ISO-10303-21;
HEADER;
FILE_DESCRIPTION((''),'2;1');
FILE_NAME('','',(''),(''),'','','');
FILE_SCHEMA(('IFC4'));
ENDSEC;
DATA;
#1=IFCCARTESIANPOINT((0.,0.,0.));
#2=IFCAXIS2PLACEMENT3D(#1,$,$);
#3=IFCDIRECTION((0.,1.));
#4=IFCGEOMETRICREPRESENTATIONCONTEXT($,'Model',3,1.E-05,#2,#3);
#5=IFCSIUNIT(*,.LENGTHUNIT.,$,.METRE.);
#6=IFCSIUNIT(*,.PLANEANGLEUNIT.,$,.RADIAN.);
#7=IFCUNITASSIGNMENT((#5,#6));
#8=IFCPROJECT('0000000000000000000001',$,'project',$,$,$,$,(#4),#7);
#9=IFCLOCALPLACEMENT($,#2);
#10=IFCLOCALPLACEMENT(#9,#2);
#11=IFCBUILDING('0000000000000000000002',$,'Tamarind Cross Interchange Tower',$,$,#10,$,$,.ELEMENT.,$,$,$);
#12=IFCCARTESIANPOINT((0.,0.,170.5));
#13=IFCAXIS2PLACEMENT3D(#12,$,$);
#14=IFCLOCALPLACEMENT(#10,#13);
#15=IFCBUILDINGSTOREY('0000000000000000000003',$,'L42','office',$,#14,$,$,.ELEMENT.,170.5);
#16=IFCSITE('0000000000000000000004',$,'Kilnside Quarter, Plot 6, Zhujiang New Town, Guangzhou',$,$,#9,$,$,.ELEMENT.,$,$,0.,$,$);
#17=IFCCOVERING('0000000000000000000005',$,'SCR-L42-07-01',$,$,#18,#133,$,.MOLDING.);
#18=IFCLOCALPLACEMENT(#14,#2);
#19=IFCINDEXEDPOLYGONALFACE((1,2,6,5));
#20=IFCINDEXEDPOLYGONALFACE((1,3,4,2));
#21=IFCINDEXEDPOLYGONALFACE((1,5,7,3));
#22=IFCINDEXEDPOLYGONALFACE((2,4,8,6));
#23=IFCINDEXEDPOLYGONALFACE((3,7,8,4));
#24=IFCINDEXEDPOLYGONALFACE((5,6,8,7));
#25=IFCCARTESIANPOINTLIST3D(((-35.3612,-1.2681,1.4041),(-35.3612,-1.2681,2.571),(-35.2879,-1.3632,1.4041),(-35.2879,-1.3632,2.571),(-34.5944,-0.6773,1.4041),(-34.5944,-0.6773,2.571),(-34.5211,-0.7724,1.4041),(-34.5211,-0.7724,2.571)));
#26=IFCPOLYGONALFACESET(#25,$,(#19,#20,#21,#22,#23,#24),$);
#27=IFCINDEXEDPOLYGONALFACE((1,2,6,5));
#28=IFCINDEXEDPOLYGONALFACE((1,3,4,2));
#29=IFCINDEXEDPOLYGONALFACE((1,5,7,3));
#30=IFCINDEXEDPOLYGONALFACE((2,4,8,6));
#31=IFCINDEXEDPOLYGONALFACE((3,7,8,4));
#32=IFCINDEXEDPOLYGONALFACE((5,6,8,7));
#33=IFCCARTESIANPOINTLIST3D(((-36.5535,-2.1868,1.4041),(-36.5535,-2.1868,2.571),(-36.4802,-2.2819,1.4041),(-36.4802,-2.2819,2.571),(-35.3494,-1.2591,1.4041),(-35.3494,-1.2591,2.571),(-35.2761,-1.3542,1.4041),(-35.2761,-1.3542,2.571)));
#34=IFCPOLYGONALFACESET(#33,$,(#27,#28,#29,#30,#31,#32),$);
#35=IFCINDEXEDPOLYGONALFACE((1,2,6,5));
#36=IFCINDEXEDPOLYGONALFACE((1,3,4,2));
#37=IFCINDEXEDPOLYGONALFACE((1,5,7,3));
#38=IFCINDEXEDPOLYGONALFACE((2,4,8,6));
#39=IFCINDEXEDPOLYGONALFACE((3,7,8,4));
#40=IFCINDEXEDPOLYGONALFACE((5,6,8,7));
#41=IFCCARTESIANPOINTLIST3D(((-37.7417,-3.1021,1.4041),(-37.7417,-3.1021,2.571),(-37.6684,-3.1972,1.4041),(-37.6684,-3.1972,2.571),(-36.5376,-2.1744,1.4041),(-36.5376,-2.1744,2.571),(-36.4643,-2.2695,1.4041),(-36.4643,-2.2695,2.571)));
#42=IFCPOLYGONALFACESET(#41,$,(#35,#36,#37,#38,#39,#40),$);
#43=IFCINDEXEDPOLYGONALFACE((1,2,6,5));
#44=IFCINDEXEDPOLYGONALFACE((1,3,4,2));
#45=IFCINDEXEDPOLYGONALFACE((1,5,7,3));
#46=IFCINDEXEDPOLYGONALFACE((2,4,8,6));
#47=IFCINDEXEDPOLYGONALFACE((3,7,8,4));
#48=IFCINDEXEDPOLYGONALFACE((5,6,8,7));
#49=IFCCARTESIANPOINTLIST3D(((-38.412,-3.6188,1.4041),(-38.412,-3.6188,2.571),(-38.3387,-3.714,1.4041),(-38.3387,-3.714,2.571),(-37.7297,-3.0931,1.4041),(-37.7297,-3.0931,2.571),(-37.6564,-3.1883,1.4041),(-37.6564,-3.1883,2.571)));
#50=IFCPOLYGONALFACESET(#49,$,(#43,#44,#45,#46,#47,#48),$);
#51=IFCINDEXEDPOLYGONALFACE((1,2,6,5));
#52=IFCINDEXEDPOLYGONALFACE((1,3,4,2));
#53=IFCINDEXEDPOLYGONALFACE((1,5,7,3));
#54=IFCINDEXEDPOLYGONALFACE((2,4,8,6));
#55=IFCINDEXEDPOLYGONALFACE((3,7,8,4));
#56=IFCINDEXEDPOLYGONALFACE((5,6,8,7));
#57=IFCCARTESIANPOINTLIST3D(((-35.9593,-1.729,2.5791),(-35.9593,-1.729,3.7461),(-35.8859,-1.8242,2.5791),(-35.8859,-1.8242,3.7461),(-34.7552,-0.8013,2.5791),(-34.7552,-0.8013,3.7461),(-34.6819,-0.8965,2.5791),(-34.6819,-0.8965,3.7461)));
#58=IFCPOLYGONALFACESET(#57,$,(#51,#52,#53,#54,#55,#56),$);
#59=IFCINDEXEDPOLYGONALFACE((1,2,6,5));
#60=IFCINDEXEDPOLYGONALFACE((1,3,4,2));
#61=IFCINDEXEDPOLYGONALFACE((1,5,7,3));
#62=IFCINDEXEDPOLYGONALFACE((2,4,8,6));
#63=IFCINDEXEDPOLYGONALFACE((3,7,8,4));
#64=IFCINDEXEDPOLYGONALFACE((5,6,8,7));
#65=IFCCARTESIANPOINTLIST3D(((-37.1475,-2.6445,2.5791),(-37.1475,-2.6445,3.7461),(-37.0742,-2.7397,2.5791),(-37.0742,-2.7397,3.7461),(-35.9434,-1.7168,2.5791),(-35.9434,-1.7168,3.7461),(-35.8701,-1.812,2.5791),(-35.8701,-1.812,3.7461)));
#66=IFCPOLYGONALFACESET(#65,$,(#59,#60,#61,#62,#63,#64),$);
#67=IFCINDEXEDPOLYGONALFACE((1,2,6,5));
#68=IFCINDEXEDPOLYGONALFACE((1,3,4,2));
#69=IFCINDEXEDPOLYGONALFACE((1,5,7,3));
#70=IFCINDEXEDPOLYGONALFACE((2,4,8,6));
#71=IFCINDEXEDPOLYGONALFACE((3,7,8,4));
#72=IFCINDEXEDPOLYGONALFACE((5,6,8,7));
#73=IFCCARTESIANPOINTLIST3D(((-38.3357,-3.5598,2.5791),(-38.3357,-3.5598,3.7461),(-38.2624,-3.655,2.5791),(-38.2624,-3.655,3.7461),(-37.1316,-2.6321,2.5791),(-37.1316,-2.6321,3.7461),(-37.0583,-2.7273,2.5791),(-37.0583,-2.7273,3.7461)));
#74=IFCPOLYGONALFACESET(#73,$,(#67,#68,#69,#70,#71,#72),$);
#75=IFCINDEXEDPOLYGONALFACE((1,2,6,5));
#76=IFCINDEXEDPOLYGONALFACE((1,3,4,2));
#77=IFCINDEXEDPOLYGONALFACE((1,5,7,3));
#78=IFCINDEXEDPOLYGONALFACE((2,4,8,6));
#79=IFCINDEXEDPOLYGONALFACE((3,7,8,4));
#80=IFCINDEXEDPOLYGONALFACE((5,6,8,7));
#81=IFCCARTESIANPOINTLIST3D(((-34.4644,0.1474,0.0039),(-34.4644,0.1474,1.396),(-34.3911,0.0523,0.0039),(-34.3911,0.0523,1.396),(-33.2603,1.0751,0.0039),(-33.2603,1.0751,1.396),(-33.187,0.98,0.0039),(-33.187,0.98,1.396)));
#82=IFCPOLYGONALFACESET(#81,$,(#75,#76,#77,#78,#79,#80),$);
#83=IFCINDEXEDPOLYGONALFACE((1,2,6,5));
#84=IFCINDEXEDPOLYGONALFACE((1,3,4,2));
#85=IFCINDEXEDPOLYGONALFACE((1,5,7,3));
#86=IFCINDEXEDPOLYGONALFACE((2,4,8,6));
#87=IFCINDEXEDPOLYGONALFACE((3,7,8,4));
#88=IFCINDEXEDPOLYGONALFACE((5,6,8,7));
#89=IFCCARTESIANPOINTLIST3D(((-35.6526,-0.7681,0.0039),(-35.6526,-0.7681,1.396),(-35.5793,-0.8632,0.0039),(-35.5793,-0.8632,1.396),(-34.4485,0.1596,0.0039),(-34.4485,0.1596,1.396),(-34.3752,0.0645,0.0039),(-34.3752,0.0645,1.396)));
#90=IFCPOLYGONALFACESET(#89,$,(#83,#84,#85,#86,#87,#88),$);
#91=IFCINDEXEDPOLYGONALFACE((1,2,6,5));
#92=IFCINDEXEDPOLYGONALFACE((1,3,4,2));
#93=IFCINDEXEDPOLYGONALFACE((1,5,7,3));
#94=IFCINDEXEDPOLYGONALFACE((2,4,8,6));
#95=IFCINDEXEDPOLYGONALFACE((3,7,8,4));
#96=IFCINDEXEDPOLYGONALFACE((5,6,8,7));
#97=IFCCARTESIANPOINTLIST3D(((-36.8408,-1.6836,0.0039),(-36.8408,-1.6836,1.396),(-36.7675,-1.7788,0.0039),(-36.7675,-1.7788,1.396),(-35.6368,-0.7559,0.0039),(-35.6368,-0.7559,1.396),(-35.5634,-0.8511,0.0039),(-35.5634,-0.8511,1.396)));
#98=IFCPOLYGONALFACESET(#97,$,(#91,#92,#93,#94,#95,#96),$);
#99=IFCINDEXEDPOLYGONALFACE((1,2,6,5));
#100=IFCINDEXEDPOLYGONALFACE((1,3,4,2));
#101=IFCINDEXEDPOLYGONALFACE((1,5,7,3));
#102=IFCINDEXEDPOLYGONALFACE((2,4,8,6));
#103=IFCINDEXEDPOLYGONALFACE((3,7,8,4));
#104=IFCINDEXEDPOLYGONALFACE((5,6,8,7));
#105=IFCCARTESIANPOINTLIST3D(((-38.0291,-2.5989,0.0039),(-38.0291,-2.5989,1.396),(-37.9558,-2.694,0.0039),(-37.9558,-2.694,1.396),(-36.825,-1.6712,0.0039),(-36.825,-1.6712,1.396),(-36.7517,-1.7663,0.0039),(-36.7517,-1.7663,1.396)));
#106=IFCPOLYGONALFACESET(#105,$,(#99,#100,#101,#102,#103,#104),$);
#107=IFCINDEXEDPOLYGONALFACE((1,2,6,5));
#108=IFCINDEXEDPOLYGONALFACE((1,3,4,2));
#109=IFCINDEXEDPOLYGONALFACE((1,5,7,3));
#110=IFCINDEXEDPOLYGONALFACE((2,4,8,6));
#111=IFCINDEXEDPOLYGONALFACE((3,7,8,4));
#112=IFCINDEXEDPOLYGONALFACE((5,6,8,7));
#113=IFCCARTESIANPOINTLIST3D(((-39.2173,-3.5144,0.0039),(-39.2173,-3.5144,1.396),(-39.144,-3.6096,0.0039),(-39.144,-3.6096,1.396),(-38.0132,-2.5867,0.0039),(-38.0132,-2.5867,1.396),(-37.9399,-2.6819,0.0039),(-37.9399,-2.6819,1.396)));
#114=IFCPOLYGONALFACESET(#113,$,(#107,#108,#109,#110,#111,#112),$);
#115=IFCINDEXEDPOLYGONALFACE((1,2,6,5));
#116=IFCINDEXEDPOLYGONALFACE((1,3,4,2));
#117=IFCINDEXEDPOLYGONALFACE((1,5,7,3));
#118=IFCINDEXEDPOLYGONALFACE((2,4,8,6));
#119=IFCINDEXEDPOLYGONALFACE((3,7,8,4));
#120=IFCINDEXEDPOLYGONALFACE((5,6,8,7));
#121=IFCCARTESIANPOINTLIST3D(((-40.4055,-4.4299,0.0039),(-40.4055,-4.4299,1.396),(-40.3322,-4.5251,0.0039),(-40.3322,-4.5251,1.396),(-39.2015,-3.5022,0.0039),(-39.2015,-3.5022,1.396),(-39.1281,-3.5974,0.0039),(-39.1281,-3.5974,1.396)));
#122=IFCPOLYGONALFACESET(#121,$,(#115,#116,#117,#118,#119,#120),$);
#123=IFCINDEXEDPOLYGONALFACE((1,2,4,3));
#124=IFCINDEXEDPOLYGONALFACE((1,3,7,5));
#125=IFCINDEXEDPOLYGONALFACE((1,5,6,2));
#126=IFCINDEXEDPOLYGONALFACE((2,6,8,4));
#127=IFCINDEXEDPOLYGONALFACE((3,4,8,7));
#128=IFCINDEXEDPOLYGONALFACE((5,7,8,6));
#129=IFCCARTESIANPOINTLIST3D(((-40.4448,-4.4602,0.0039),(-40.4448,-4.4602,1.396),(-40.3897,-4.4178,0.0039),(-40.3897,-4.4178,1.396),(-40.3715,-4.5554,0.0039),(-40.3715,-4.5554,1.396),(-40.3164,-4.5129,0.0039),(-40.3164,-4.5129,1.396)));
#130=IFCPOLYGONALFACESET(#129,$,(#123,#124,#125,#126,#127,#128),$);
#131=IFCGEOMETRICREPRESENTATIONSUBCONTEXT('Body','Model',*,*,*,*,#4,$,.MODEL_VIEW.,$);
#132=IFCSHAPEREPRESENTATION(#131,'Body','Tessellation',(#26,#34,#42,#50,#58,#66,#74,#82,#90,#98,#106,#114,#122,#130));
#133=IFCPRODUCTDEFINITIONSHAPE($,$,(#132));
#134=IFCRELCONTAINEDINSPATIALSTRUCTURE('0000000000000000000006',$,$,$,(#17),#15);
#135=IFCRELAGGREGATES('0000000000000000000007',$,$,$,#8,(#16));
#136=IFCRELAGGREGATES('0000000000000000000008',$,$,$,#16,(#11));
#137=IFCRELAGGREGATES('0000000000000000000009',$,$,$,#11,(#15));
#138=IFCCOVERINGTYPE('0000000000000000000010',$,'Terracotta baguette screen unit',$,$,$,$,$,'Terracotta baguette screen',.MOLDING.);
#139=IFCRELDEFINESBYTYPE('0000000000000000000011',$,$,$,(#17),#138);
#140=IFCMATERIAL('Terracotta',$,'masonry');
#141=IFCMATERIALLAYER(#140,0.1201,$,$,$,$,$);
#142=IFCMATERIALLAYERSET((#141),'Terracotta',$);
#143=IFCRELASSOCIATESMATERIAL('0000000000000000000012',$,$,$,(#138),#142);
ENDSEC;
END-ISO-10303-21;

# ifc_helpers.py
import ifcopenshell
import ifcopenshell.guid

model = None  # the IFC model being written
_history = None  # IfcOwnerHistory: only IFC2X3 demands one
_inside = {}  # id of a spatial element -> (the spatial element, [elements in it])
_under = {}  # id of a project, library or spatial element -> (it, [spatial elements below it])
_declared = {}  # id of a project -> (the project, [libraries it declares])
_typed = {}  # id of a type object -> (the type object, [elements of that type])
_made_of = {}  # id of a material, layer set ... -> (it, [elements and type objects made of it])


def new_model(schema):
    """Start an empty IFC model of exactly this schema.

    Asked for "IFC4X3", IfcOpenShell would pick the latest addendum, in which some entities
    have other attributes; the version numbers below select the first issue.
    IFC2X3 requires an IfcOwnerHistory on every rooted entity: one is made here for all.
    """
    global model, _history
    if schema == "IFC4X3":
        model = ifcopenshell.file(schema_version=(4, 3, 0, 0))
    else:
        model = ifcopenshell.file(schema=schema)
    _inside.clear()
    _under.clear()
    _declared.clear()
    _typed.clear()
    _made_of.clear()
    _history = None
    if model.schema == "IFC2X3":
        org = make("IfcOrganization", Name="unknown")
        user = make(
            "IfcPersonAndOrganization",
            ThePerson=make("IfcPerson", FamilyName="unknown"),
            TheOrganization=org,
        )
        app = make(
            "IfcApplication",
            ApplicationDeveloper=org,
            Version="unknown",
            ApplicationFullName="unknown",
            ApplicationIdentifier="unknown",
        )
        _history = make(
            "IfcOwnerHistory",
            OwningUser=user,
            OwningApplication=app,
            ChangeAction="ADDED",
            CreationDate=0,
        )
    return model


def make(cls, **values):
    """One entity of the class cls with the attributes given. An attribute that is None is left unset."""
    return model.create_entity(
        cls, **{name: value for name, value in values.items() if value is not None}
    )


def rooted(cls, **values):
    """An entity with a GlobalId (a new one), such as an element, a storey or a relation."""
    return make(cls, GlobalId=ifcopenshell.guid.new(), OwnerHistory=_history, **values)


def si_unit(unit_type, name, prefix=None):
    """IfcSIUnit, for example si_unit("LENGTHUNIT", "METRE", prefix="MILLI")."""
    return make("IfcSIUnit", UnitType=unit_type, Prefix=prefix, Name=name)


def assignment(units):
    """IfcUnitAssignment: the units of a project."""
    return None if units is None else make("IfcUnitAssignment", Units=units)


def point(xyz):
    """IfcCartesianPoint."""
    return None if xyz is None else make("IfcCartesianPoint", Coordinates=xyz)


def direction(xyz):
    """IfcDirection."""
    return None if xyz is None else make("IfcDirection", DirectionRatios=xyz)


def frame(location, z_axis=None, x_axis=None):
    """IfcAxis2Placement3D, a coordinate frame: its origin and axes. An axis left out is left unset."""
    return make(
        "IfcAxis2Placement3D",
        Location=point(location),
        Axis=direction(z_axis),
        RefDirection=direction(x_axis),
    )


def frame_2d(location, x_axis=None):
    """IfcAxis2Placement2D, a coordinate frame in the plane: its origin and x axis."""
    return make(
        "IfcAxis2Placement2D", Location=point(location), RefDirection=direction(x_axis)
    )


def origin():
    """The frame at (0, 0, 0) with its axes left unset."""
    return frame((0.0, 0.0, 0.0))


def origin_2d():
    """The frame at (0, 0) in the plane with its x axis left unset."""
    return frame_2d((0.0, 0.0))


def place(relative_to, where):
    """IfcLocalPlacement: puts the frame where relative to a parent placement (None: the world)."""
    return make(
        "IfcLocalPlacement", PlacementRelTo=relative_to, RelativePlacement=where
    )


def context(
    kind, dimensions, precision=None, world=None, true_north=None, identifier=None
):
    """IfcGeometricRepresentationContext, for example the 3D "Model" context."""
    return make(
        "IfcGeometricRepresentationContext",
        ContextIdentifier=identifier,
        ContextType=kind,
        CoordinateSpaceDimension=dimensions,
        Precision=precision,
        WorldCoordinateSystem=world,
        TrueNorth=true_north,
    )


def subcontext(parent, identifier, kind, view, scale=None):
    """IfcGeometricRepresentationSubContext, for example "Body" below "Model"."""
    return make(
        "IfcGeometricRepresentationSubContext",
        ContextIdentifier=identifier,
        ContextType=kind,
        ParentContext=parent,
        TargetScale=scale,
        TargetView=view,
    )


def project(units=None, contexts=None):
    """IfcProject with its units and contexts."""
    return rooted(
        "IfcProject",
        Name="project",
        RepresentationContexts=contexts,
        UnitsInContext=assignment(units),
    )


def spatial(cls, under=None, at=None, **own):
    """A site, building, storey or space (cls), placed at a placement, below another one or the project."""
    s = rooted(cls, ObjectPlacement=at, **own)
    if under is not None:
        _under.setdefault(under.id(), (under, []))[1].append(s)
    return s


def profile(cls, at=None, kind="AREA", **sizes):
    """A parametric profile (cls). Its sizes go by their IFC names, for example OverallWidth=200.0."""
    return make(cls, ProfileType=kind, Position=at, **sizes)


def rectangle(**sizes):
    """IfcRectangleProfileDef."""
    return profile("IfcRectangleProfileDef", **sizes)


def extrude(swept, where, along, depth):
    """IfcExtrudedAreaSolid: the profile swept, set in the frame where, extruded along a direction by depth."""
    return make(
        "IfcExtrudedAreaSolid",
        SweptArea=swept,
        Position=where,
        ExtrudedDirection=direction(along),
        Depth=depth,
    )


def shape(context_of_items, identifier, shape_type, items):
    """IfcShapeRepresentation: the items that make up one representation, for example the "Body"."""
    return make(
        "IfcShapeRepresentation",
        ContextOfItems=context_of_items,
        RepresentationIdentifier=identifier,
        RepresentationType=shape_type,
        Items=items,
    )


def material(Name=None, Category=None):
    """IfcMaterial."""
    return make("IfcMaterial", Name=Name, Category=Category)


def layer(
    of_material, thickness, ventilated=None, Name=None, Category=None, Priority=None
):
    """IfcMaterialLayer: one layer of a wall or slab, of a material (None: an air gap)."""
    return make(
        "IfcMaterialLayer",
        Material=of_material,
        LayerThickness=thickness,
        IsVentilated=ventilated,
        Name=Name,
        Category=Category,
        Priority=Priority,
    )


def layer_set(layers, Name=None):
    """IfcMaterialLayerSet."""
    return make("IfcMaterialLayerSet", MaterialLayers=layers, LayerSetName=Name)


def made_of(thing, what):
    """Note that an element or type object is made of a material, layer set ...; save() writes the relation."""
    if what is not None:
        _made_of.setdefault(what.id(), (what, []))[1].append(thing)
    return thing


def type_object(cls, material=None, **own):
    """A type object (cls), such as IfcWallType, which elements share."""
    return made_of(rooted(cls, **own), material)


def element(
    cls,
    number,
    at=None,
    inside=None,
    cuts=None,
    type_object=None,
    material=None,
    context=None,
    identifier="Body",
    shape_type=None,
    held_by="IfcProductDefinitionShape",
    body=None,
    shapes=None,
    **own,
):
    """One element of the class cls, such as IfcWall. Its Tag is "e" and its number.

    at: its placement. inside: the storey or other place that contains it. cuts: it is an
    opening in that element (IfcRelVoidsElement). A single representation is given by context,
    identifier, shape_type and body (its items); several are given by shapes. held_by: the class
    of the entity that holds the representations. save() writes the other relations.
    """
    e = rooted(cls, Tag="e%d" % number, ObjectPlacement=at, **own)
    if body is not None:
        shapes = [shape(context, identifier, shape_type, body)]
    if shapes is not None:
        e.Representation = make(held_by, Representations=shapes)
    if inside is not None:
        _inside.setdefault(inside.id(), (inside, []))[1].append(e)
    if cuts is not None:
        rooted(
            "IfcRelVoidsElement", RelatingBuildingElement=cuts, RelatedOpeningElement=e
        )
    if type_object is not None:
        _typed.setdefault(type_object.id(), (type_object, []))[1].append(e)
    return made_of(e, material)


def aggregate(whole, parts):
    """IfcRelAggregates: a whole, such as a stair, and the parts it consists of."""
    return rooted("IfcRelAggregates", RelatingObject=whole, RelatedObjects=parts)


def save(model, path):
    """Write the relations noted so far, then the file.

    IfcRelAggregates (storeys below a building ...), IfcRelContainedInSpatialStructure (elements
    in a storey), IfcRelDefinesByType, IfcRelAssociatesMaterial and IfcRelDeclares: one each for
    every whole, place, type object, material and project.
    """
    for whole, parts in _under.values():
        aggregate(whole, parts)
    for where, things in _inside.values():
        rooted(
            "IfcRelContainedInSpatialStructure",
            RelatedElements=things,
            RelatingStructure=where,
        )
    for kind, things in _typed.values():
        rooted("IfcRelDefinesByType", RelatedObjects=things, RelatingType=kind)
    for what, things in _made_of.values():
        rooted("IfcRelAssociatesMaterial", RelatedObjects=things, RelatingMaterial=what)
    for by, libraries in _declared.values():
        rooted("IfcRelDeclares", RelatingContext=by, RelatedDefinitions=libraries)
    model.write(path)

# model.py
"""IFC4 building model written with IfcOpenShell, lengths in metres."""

from ifc_helpers import new_model, si_unit, direction, frame, origin, origin_2d, place, context, subcontext, project, spatial, rectangle, extrude, material, layer, layer_set, type_object, element, save


model = new_model("IFC4")

# Units and contexts
model_context = context("Model", 3, precision=1e-05, world=origin(), true_north=direction((0.0, 1.0)))
body_context = subcontext(model_context, "Body", "Model", "MODEL_VIEW")
ifc_project = project(units=[si_unit("LENGTHUNIT", "METRE"), si_unit("PLANEANGLEUNIT", "RADIAN")], contexts=[model_context])

# Site, building, storey
site_placement = place(None, origin())
site = spatial("IfcSite", under=ifc_project, at=site_placement, Name="Kilnside Quarter, Plot 6, Zhujiang New Town, Guangzhou", CompositionType="ELEMENT", RefElevation=0.0)
building_placement = place(site_placement, origin())
building = spatial("IfcBuilding", under=site, at=building_placement, Name="Tamarind Cross Interchange Tower", CompositionType="ELEMENT")
storey_placement = place(building_placement, frame((0.0, 0.0, 170.5)))
storey = spatial("IfcBuildingStorey", under=building, at=storey_placement, Name="L42", Description="office", CompositionType="ELEMENT", Elevation=170.5)

# Covering
ifc_material_1 = material(Name="Terracotta", Category="masonry")
ifc_layer_1 = layer(ifc_material_1, 0.1201)
ifc_layer_set_1 = layer_set([ifc_layer_1], Name="Terracotta")
covering_type = type_object("IfcCoveringType", Name="Terracotta baguette screen unit", ElementType="Terracotta baguette screen", PredefinedType="MOLDING", material=ifc_layer_set_1)
covering_1_placement = place(storey_placement, origin())
element("IfcCovering", 1, at=covering_1_placement, inside=storey, type_object=covering_type, Name="SCR-L42-07-01", PredefinedType="MOLDING", context=body_context, shape_type="SweptSolid", body=[
    extrude(rectangle(XDim=0.968, YDim=0.1201, at=origin_2d()), frame((-34.9412, -1.0203, 1.4041), z_axis=(0.0, 0.0, 1.0), x_axis=(-0.792153, -0.610322, 0.0)), (0.0, 0.0, 1.0), 1.167),
    extrude(rectangle(XDim=1.52, YDim=0.1201, at=origin_2d()), frame((-35.9148, -1.7705, 1.4041), z_axis=(0.0, 0.0, 1.0), x_axis=(-0.792153, -0.610322, 0.0)), (0.0, 0.0, 1.0), 1.167),
    extrude(rectangle(XDim=1.52, YDim=0.1201, at=origin_2d()), frame((-37.103, -2.6858, 1.4041), z_axis=(0.0, 0.0, 1.0), x_axis=(-0.792153, -0.610322, 0.0)), (0.0, 0.0, 1.0), 1.167),
    extrude(rectangle(XDim=0.8613, YDim=0.1201, at=origin_2d()), frame((-38.0342, -3.4036, 1.4041), z_axis=(0.0, 0.0, 1.0), x_axis=(-0.792153, -0.610322, 0.0)), (0.0, 0.0, 1.0), 1.167),
    extrude(rectangle(XDim=1.52, YDim=0.1201, at=origin_2d()), frame((-35.3206, -1.3127, 2.5791), z_axis=(0.0, 0.0, 1.0), x_axis=(-0.792153, -0.610322, 0.0)), (0.0, 0.0, 1.0), 1.167),
    extrude(rectangle(XDim=1.52, YDim=0.1201, at=origin_2d()), frame((-36.5088, -2.2283, 2.5791), z_axis=(0.0, 0.0, 1.0), x_axis=(-0.792153, -0.610322, 0.0)), (0.0, 0.0, 1.0), 1.167),
    extrude(rectangle(XDim=1.52, YDim=0.1201, at=origin_2d()), frame((-37.697, -3.1436, 2.5791), z_axis=(0.0, 0.0, 1.0), x_axis=(-0.792153, -0.610322, 0.0)), (0.0, 0.0, 1.0), 1.167),
    extrude(rectangle(XDim=1.52, YDim=0.1201, at=origin_2d()), frame((-33.8257, 0.5637, 0.0039), z_axis=(0.0, 0.0, 1.0), x_axis=(-0.792153, -0.610322, 0.0)), (0.0, 0.0, 1.0), 1.3921),
    extrude(rectangle(XDim=1.52, YDim=0.1201, at=origin_2d()), frame((-35.0139, -0.3518, 0.0039), z_axis=(0.0, 0.0, 1.0), x_axis=(-0.792153, -0.610322, 0.0)), (0.0, 0.0, 1.0), 1.3921),
    extrude(rectangle(XDim=1.52, YDim=0.1201, at=origin_2d()), frame((-36.2021, -1.2673, 0.0039), z_axis=(0.0, 0.0, 1.0), x_axis=(-0.792153, -0.610322, 0.0)), (0.0, 0.0, 1.0), 1.3921),
    extrude(rectangle(XDim=1.52, YDim=0.1201, at=origin_2d()), frame((-37.3904, -2.1826, 0.0039), z_axis=(0.0, 0.0, 1.0), x_axis=(-0.792153, -0.610322, 0.0)), (0.0, 0.0, 1.0), 1.3921),
    extrude(rectangle(XDim=1.52, YDim=0.1201, at=origin_2d()), frame((-38.5786, -3.0981, 0.0039), z_axis=(0.0, 0.0, 1.0), x_axis=(-0.792153, -0.610322, 0.0)), (0.0, 0.0, 1.0), 1.3921),
    extrude(rectangle(XDim=1.52, YDim=0.1201, at=origin_2d()), frame((-39.7668, -4.0137, 0.0039), z_axis=(0.0, 0.0, 1.0), x_axis=(-0.792153, -0.610322, 0.0)), (0.0, 0.0, 1.0), 1.3921),
    extrude(rectangle(XDim=0.0696, YDim=0.1201, at=origin_2d()), frame((-40.3806, -4.4866, 0.0039), z_axis=(0.0, 0.0, 1.0), x_axis=(-0.792153, -0.610322, 0.0)), (0.0, 0.0, 1.0), 1.3921),
])

save(model, "model.ifc")
